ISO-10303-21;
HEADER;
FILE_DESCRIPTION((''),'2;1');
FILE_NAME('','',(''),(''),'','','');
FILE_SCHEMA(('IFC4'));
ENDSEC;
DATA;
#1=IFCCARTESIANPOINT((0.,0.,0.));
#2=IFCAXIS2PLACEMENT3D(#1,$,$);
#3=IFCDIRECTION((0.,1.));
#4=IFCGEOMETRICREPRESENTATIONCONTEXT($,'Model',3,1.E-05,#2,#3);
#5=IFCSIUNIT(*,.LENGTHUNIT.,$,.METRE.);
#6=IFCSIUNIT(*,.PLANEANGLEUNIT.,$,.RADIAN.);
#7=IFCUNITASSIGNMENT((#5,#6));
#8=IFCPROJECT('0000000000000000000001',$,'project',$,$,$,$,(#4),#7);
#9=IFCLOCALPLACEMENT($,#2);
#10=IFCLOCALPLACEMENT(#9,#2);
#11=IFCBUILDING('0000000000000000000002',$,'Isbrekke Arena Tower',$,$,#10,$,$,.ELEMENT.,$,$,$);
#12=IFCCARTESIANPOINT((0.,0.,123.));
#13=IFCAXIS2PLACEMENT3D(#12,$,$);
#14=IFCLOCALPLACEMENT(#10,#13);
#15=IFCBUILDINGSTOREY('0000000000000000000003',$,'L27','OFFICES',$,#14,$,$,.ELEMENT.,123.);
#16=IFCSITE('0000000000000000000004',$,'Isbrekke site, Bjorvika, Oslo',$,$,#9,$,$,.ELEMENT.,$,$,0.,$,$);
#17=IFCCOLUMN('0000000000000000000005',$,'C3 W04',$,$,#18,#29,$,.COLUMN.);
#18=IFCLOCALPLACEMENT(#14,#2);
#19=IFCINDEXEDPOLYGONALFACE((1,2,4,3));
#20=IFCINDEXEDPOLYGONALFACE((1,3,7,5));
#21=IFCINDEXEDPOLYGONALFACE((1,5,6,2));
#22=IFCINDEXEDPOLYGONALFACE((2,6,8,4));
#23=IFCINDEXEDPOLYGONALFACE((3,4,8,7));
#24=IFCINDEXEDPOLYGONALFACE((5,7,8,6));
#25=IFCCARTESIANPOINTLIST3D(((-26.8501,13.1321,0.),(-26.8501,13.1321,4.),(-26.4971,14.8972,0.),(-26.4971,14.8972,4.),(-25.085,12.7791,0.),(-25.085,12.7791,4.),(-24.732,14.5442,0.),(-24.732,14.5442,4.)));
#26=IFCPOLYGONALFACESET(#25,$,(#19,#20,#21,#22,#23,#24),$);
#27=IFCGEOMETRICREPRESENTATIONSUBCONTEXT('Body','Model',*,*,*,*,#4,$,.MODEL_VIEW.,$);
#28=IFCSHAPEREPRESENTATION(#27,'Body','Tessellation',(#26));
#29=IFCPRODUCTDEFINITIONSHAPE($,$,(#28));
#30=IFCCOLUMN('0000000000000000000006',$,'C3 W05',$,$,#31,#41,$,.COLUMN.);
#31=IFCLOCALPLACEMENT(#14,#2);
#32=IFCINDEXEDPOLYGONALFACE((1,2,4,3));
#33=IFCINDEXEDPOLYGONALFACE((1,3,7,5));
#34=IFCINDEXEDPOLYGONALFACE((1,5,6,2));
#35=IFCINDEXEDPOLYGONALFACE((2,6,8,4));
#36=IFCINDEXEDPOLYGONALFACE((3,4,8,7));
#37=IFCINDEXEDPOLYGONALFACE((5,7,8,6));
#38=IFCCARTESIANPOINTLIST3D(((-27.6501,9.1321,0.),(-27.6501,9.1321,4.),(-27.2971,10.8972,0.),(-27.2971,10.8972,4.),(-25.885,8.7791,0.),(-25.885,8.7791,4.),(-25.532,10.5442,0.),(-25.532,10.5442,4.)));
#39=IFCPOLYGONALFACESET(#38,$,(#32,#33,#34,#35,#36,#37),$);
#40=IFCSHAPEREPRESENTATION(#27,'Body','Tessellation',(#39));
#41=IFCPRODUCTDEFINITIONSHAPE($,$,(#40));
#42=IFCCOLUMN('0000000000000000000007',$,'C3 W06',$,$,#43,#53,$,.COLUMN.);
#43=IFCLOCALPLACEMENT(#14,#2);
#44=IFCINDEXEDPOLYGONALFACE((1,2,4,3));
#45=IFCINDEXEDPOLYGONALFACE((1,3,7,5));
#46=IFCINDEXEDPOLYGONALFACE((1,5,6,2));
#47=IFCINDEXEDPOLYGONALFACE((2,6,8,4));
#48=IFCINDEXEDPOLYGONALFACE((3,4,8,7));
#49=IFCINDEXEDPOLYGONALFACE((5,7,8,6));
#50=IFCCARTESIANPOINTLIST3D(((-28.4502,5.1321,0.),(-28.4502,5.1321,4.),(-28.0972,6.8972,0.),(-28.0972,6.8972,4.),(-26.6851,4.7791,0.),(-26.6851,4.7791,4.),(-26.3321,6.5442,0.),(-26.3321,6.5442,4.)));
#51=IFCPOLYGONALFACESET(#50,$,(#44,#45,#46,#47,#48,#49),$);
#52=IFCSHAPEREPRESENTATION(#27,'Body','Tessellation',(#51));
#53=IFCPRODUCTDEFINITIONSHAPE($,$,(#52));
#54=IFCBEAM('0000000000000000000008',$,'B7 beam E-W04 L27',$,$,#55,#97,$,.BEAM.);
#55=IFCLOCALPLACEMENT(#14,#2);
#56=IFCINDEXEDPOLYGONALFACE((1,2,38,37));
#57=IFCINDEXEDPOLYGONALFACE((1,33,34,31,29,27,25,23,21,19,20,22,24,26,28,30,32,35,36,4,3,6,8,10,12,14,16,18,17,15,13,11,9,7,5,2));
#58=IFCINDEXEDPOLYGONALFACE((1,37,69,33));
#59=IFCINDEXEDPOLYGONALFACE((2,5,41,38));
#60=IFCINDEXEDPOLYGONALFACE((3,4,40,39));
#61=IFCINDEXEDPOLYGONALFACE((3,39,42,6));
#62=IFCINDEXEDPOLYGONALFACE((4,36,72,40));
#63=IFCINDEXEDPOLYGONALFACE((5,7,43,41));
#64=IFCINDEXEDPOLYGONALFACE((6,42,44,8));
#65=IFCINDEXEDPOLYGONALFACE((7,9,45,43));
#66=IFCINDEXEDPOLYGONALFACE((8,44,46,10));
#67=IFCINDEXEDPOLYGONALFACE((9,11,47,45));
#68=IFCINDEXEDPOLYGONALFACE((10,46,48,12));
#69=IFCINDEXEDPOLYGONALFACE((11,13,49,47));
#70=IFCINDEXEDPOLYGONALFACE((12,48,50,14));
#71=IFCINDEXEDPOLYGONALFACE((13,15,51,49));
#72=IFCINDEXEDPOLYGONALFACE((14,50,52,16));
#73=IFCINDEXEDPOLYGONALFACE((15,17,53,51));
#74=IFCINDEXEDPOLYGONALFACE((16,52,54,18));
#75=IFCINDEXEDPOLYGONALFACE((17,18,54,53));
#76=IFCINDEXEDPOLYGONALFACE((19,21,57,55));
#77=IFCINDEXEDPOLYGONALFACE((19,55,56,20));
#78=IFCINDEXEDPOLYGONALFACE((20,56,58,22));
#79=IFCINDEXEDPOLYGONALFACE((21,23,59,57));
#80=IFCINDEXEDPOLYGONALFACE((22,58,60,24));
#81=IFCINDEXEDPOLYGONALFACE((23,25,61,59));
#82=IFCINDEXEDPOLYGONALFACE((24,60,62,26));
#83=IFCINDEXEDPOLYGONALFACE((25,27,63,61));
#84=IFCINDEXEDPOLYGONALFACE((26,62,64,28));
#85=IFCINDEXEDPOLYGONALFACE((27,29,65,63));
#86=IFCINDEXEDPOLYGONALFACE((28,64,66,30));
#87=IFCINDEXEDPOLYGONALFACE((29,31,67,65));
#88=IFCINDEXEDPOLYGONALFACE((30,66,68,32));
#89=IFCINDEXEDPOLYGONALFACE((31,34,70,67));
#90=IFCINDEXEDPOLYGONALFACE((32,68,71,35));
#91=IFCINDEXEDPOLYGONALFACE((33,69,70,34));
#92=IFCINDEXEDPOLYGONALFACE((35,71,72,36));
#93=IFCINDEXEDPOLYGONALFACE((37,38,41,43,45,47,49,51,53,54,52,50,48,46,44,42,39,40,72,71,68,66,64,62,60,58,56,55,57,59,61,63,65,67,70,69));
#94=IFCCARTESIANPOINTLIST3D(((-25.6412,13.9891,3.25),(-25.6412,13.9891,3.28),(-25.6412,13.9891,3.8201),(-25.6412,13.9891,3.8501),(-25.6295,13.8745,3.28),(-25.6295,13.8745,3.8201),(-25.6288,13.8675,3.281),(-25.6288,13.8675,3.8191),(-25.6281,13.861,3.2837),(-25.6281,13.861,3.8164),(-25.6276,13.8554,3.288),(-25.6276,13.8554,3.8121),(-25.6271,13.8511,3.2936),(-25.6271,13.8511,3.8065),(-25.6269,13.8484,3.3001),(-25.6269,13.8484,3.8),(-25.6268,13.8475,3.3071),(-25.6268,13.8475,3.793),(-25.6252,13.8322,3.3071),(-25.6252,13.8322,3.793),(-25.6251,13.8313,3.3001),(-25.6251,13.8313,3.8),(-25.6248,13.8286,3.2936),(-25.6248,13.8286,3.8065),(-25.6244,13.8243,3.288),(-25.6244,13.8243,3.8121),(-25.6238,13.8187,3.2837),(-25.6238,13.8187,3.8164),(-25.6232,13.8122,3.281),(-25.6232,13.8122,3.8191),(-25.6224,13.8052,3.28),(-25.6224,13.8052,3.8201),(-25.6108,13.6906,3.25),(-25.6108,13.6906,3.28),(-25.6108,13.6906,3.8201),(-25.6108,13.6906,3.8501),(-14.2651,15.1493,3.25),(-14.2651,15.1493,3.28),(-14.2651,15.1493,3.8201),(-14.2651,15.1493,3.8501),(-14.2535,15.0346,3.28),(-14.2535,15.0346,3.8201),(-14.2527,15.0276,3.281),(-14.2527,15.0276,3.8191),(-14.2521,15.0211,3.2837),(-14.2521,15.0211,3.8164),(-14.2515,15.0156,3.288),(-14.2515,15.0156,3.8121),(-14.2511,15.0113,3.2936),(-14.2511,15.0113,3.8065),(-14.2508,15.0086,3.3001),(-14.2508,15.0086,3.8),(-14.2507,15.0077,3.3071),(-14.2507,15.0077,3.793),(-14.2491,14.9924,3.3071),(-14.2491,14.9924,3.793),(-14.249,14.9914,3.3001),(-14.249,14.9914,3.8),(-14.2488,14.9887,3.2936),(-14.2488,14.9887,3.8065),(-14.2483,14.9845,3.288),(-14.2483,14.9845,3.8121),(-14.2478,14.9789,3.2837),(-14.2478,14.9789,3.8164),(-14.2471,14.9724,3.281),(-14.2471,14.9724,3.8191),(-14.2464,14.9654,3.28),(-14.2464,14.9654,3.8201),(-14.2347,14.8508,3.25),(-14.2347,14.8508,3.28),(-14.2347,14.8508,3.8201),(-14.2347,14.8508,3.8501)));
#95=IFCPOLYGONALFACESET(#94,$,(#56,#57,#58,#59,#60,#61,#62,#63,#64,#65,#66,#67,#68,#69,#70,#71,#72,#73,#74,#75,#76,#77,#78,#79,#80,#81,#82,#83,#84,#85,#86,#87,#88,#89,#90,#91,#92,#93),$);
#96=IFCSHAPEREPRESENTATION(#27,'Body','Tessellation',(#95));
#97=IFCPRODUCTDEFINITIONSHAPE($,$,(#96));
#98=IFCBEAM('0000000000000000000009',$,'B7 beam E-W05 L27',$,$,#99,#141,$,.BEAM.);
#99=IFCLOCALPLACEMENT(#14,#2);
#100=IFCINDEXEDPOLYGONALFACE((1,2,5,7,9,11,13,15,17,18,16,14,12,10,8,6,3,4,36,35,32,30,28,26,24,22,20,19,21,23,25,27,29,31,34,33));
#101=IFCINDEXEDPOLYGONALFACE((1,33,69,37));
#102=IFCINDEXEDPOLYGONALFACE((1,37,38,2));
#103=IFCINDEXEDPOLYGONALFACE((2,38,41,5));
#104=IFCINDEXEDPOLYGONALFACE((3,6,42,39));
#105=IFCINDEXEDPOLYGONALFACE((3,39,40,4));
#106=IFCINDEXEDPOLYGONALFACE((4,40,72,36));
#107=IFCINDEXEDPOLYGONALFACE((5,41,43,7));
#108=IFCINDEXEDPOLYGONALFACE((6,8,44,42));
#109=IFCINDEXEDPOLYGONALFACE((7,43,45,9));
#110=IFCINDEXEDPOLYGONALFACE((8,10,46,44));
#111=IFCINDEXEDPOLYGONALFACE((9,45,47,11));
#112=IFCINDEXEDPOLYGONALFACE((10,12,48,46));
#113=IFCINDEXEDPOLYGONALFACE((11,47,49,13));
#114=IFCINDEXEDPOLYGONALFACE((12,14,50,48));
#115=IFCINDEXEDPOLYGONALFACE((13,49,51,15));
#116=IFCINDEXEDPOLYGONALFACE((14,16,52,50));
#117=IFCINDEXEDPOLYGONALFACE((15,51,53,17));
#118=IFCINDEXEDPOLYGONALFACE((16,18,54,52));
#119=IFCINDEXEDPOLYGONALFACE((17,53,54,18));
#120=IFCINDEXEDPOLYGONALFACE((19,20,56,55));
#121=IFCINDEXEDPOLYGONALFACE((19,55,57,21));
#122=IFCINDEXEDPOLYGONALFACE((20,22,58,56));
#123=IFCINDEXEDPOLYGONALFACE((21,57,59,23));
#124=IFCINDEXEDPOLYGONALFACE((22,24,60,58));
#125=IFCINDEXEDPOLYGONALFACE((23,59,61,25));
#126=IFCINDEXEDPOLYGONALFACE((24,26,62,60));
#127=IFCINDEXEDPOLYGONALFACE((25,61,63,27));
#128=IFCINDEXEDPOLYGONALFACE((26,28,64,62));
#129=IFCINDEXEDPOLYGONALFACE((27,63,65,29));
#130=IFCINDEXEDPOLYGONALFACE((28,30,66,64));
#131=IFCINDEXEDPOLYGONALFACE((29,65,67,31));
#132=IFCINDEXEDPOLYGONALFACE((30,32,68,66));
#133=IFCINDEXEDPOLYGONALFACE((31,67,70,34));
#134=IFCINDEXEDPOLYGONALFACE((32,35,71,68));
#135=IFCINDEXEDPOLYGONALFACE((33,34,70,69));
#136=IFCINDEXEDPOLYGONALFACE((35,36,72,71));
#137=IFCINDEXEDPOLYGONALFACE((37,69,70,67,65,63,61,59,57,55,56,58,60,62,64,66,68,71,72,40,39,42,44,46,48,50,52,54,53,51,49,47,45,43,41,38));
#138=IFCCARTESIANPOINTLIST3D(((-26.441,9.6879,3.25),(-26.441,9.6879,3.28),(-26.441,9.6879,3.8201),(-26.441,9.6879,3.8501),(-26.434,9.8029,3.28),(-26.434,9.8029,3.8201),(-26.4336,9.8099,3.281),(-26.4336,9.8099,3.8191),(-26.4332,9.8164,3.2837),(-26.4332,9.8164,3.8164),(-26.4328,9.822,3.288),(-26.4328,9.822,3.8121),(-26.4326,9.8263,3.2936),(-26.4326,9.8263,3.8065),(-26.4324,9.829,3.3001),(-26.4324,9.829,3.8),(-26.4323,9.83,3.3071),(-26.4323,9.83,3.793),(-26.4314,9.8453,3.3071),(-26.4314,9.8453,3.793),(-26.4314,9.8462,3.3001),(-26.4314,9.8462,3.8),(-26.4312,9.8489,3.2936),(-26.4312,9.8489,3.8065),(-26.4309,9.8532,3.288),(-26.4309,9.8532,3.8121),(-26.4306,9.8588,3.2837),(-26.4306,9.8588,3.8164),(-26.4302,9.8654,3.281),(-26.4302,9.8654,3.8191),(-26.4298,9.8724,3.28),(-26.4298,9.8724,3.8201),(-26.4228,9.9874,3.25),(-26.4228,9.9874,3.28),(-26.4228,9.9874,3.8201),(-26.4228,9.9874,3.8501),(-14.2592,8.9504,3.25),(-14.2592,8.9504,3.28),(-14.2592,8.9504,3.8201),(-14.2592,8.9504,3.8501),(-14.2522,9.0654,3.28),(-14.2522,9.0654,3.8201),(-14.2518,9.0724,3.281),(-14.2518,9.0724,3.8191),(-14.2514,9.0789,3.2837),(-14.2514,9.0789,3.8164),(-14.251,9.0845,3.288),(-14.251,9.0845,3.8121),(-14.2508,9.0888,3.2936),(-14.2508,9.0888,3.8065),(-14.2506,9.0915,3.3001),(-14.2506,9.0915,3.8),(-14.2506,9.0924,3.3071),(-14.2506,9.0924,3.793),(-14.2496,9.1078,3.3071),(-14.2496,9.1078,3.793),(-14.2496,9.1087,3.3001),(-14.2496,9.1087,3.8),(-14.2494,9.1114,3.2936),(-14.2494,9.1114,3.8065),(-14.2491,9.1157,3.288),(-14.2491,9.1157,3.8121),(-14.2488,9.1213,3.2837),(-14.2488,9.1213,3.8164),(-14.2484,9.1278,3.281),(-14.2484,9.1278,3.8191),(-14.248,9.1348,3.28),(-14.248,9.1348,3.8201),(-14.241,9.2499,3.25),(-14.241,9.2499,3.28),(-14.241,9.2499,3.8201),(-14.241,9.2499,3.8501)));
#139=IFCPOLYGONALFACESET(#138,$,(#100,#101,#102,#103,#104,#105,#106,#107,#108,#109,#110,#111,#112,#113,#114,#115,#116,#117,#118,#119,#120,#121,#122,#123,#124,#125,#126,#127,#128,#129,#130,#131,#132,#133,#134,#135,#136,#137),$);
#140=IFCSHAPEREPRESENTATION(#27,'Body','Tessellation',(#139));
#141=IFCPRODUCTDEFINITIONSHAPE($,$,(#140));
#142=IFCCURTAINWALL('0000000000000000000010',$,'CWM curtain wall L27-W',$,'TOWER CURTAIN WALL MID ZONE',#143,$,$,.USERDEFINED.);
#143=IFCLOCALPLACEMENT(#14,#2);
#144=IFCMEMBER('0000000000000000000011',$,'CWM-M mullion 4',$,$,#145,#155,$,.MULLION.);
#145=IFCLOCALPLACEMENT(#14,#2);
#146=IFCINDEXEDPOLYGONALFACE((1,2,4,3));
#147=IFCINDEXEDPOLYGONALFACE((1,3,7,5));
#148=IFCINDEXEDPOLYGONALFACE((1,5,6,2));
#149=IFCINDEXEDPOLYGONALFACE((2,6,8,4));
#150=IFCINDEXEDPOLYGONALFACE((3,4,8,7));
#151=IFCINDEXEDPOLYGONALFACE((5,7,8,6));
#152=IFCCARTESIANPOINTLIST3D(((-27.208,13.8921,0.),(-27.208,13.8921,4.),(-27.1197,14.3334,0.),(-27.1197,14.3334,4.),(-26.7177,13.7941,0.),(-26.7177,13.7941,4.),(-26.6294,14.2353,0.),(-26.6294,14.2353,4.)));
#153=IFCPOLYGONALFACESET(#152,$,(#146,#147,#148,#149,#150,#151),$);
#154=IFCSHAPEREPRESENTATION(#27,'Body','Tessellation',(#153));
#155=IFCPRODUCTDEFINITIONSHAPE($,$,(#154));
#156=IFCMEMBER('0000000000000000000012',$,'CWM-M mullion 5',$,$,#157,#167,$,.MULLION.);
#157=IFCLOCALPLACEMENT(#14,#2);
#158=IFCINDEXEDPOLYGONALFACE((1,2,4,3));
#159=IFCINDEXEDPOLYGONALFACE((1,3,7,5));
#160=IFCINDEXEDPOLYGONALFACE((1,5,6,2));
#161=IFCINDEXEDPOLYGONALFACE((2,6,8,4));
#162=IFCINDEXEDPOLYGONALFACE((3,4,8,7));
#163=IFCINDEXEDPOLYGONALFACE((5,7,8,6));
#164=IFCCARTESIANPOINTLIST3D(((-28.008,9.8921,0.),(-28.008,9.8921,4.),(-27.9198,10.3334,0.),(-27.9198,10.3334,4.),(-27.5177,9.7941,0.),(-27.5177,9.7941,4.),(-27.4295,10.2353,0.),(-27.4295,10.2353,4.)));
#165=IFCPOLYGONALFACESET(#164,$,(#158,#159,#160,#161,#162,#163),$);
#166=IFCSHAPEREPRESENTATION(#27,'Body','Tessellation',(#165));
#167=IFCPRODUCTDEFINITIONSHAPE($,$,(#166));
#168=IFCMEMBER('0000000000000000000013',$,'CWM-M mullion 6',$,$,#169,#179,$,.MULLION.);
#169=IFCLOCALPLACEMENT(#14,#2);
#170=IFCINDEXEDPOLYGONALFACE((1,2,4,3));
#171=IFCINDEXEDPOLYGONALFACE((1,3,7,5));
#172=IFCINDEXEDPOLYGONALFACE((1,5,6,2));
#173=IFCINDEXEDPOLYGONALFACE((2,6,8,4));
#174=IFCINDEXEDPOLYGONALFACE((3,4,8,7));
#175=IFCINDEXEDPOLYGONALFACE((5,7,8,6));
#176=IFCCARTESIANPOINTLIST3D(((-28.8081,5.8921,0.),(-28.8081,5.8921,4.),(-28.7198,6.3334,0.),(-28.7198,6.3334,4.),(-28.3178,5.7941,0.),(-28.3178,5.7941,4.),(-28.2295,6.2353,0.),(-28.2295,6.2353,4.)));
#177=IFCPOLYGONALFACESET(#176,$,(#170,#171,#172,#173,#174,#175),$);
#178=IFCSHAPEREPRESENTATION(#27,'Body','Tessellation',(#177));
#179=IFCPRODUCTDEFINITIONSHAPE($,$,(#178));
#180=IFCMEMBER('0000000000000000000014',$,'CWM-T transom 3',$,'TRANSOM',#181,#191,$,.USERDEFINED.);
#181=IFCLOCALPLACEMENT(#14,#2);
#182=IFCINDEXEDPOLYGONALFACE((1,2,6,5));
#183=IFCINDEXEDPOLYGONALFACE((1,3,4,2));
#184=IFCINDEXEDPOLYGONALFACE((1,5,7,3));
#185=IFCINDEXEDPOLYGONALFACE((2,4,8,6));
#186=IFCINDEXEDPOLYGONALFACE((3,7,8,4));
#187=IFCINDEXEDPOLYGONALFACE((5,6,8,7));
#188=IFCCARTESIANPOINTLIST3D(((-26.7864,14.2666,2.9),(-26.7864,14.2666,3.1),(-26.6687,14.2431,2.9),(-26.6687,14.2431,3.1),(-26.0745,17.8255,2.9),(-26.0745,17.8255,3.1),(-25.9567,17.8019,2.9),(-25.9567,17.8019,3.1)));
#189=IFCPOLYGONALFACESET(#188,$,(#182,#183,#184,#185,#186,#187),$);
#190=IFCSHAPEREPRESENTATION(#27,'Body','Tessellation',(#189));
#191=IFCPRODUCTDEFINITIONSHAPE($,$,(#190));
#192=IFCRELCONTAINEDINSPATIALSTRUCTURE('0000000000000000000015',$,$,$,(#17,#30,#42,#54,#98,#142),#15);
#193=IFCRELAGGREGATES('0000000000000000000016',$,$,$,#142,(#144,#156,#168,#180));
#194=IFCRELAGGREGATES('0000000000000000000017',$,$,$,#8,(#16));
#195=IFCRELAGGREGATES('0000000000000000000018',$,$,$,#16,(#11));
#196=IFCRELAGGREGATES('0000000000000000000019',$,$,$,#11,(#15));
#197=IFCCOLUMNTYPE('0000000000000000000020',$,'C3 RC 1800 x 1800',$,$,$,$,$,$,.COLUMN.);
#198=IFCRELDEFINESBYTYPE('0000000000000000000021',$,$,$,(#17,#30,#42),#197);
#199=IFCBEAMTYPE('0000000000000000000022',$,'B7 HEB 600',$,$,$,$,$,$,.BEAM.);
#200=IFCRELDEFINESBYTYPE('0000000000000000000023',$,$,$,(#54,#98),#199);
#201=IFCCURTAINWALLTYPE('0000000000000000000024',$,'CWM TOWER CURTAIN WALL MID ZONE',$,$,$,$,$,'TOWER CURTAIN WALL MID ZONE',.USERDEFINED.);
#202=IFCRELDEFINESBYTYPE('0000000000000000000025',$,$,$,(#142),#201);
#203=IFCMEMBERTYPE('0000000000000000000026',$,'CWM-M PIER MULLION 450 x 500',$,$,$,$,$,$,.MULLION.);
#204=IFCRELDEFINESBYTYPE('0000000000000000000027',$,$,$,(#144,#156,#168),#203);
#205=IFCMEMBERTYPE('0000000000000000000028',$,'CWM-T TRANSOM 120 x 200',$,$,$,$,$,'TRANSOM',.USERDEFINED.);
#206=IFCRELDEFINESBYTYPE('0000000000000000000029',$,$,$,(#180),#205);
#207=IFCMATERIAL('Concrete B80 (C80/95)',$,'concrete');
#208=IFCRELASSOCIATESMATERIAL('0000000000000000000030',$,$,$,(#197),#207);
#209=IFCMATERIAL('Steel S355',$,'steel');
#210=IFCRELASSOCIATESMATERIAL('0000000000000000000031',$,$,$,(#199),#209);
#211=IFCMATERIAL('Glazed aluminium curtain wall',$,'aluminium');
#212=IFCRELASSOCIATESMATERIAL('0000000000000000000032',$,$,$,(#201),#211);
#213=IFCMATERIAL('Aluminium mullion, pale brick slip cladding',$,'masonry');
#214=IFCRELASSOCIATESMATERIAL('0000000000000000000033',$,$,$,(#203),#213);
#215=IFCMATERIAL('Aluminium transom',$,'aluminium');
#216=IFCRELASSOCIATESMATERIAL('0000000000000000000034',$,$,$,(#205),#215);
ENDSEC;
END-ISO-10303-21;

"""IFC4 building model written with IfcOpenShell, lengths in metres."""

from ifc_helpers import new_model, si_unit, direction, frame, origin, origin_2d, place, context, subcontext, project, spatial, rectangle, i_section, extrude, material, material_profile, profile_set, type_object, element, aggregate, save


model = new_model("IFC4")

# Units and contexts
model_context = context("Model", 3, precision=1e-05, world=origin(), true_north=direction((0.0, 1.0)))
body_context = subcontext(model_context, "Body", "Model", "MODEL_VIEW")
ifc_project = project(units=[si_unit("LENGTHUNIT", "METRE"), si_unit("PLANEANGLEUNIT", "RADIAN")], contexts=[model_context])

# Site, building, storey
site_placement = place(None, origin())
site = spatial("IfcSite", under=ifc_project, at=site_placement, Name="Isbrekke site, Bjorvika, Oslo", CompositionType="ELEMENT", RefElevation=0.0)
building_placement = place(site_placement, origin())
building = spatial("IfcBuilding", under=site, at=building_placement, Name="Isbrekke Arena Tower", CompositionType="ELEMENT")
storey_placement = place(building_placement, frame((0.0, 0.0, 123.0)))
storey = spatial("IfcBuildingStorey", under=building, at=storey_placement, Name="L27", Description="OFFICES", CompositionType="ELEMENT", Elevation=123.0)

# Columns
ifc_material_1 = material(Name="Concrete B80 (C80/95)", Category="concrete")
ifc_material_profile_1 = material_profile(ifc_material_1, rectangle(XDim=1.8, YDim=1.8, at=origin_2d()), Name="RC 1800x1800")
ifc_profile_set_1 = profile_set([ifc_material_profile_1], Name="Concrete B80 (C80/95)")
column_type = type_object("IfcColumnType", Name="C3 RC 1800 x 1800", PredefinedType="COLUMN", material=ifc_profile_set_1)
for number, where, z_axis, x_axis, name in (
    (1, (-25.791, 13.8381, 0.0), (0.0, 0.0, 1.0), (-0.196116, -0.980581, 0.0), "C3 W04"),
    (2, (-26.5911, 9.8381, 0.0), (0.0, 0.0, 1.0), (-0.196116, -0.980581, 0.0), "C3 W05"),
    (3, (-27.3911, 5.8381, 0.0), (0.0, 0.0, 1.0), (-0.196116, -0.980581, 0.0), "C3 W06"),
):
    element("IfcColumn", number, at=place(storey_placement, frame(where, z_axis=z_axis, x_axis=x_axis)), inside=storey, type_object=column_type, Name=name, PredefinedType="COLUMN", context=body_context, shape_type="SweptSolid", body=[
        extrude(rectangle(XDim=1.8, YDim=1.8, at=origin_2d()), origin(), (0.0, 0.0, 1.0), 4.0),
    ])

# Beams
ifc_material_2 = material(Name="Steel S355", Category="steel")
ifc_material_profile_2 = material_profile(ifc_material_2, i_section(OverallWidth=0.3, OverallDepth=0.6001, WebThickness=0.0154, FlangeThickness=0.03, FilletRadius=0.0271, at=origin_2d()), Name="HEB 600")
ifc_profile_set_2 = profile_set([ifc_material_profile_2], Name="Steel S355")
beam_type_1 = type_object("IfcBeamType", Name="B7 HEB 600", PredefinedType="BEAM", material=ifc_profile_set_2)
beam_1_placement = place(storey_placement, frame((-25.626, 13.8398, 3.55), z_axis=(0.99484, 0.101457, 0.0), x_axis=(-0.101457, 0.99484, 0.0)))
element("IfcBeam", 4, at=beam_1_placement, inside=storey, type_object=beam_type_1, Name="B7 beam E-W04 L27", PredefinedType="BEAM", context=body_context, shape_type="SweptSolid", body=[
    extrude(i_section(OverallWidth=0.3, OverallDepth=0.6001, WebThickness=0.0154, FlangeThickness=0.03, FilletRadius=0.0271, at=origin_2d()), origin(), (0.0, 0.0, 1.0), 11.4351),
])
beam_2_placement = place(storey_placement, frame((-26.4319, 9.8376, 3.55), z_axis=(0.998172, -0.060434, 0.0), x_axis=(0.060434, 0.998172, 0.0)))
element("IfcBeam", 5, at=beam_2_placement, inside=storey, type_object=beam_type_1, Name="B7 beam E-W05 L27", PredefinedType="BEAM", context=body_context, shape_type="SweptSolid", body=[
    extrude(i_section(OverallWidth=0.3, OverallDepth=0.6001, WebThickness=0.0154, FlangeThickness=0.03, FilletRadius=0.0271, at=origin_2d()), origin(), (0.0, 0.0, 1.0), 12.2041),
])

# Curtain wall, members
ifc_material_3 = material(Name="Glazed aluminium curtain wall", Category="aluminium")
curtain_wall_type = type_object("IfcCurtainWallType", Name="CWM TOWER CURTAIN WALL MID ZONE", ElementType="TOWER CURTAIN WALL MID ZONE", PredefinedType="USERDEFINED", material=ifc_material_3)
curtain_wall_placement = place(storey_placement, origin())
curtain_wall = element("IfcCurtainWall", 6, at=curtain_wall_placement, inside=storey, type_object=curtain_wall_type, Name="CWM curtain wall L27-W", ObjectType="TOWER CURTAIN WALL MID ZONE", PredefinedType="USERDEFINED")
ifc_material_4 = material(Name="Aluminium mullion, pale brick slip cladding", Category="masonry")
ifc_material_profile_3 = material_profile(ifc_material_4, rectangle(XDim=0.45, YDim=0.5, at=origin_2d()), Name="PIER 450X500")
ifc_profile_set_3 = profile_set([ifc_material_profile_3], Name="Aluminium mullion, pale brick slip cladding")
member_type_1 = type_object("IfcMemberType", Name="CWM-M PIER MULLION 450 x 500", PredefinedType="MULLION", material=ifc_profile_set_3)
member_1_placement = place(storey_placement, frame((-26.9187, 14.0637, 0.0), z_axis=(0.0, 0.0, 1.0), x_axis=(-0.196116, -0.980581, 0.0)))
member_1 = element("IfcMember", 7, at=member_1_placement, type_object=member_type_1, Name="CWM-M mullion 4", PredefinedType="MULLION", context=body_context, shape_type="SweptSolid", body=[
    extrude(rectangle(XDim=0.45, YDim=0.5, at=origin_2d()), origin(), (0.0, 0.0, 1.0), 4.0),
])
member_2_placement = place(storey_placement, frame((-27.7188, 10.0637, 0.0), z_axis=(0.0, 0.0, 1.0), x_axis=(-0.196116, -0.980581, 0.0)))
member_2 = element("IfcMember", 8, at=member_2_placement, type_object=member_type_1, Name="CWM-M mullion 5", PredefinedType="MULLION", context=body_context, shape_type="SweptSolid", body=[
    extrude(rectangle(XDim=0.45, YDim=0.5, at=origin_2d()), origin(), (0.0, 0.0, 1.0), 4.0),
])
member_3_placement = place(storey_placement, frame((-28.5188, 6.0637, 0.0), z_axis=(0.0, 0.0, 1.0), x_axis=(-0.196116, -0.980581, 0.0)))
member_3 = element("IfcMember", 9, at=member_3_placement, type_object=member_type_1, Name="CWM-M mullion 6", PredefinedType="MULLION", context=body_context, shape_type="SweptSolid", body=[
    extrude(rectangle(XDim=0.45, YDim=0.5, at=origin_2d()), origin(), (0.0, 0.0, 1.0), 4.0),
])
ifc_material_5 = material(Name="Aluminium transom", Category="aluminium")
ifc_material_profile_4 = material_profile(ifc_material_5, rectangle(XDim=0.1201, YDim=0.2, at=origin_2d()), Name="TRANSOM 120X200")
ifc_profile_set_4 = profile_set([ifc_material_profile_4], Name="Aluminium transom")
member_type_2 = type_object("IfcMemberType", Name="CWM-T TRANSOM 120 x 200", ElementType="TRANSOM", PredefinedType="USERDEFINED", material=ifc_profile_set_4)
member_4_placement = place(storey_placement, frame((-26.0156, 17.8137, 3.0), z_axis=(-0.196155, -0.980573, 0.0), x_axis=(0.980573, -0.196155, 0.0)))
member_4 = element("IfcMember", 10, at=member_4_placement, type_object=member_type_2, Name="CWM-T transom 3", ObjectType="TRANSOM", PredefinedType="USERDEFINED", context=body_context, shape_type="SweptSolid", body=[
    extrude(rectangle(XDim=0.1201, YDim=0.2, at=origin_2d()), origin(), (0.0, 0.0, 1.0), 3.6294),
])

aggregate(curtain_wall, [member_1, member_2, member_3, member_4])

save(model, "model.ifc")
